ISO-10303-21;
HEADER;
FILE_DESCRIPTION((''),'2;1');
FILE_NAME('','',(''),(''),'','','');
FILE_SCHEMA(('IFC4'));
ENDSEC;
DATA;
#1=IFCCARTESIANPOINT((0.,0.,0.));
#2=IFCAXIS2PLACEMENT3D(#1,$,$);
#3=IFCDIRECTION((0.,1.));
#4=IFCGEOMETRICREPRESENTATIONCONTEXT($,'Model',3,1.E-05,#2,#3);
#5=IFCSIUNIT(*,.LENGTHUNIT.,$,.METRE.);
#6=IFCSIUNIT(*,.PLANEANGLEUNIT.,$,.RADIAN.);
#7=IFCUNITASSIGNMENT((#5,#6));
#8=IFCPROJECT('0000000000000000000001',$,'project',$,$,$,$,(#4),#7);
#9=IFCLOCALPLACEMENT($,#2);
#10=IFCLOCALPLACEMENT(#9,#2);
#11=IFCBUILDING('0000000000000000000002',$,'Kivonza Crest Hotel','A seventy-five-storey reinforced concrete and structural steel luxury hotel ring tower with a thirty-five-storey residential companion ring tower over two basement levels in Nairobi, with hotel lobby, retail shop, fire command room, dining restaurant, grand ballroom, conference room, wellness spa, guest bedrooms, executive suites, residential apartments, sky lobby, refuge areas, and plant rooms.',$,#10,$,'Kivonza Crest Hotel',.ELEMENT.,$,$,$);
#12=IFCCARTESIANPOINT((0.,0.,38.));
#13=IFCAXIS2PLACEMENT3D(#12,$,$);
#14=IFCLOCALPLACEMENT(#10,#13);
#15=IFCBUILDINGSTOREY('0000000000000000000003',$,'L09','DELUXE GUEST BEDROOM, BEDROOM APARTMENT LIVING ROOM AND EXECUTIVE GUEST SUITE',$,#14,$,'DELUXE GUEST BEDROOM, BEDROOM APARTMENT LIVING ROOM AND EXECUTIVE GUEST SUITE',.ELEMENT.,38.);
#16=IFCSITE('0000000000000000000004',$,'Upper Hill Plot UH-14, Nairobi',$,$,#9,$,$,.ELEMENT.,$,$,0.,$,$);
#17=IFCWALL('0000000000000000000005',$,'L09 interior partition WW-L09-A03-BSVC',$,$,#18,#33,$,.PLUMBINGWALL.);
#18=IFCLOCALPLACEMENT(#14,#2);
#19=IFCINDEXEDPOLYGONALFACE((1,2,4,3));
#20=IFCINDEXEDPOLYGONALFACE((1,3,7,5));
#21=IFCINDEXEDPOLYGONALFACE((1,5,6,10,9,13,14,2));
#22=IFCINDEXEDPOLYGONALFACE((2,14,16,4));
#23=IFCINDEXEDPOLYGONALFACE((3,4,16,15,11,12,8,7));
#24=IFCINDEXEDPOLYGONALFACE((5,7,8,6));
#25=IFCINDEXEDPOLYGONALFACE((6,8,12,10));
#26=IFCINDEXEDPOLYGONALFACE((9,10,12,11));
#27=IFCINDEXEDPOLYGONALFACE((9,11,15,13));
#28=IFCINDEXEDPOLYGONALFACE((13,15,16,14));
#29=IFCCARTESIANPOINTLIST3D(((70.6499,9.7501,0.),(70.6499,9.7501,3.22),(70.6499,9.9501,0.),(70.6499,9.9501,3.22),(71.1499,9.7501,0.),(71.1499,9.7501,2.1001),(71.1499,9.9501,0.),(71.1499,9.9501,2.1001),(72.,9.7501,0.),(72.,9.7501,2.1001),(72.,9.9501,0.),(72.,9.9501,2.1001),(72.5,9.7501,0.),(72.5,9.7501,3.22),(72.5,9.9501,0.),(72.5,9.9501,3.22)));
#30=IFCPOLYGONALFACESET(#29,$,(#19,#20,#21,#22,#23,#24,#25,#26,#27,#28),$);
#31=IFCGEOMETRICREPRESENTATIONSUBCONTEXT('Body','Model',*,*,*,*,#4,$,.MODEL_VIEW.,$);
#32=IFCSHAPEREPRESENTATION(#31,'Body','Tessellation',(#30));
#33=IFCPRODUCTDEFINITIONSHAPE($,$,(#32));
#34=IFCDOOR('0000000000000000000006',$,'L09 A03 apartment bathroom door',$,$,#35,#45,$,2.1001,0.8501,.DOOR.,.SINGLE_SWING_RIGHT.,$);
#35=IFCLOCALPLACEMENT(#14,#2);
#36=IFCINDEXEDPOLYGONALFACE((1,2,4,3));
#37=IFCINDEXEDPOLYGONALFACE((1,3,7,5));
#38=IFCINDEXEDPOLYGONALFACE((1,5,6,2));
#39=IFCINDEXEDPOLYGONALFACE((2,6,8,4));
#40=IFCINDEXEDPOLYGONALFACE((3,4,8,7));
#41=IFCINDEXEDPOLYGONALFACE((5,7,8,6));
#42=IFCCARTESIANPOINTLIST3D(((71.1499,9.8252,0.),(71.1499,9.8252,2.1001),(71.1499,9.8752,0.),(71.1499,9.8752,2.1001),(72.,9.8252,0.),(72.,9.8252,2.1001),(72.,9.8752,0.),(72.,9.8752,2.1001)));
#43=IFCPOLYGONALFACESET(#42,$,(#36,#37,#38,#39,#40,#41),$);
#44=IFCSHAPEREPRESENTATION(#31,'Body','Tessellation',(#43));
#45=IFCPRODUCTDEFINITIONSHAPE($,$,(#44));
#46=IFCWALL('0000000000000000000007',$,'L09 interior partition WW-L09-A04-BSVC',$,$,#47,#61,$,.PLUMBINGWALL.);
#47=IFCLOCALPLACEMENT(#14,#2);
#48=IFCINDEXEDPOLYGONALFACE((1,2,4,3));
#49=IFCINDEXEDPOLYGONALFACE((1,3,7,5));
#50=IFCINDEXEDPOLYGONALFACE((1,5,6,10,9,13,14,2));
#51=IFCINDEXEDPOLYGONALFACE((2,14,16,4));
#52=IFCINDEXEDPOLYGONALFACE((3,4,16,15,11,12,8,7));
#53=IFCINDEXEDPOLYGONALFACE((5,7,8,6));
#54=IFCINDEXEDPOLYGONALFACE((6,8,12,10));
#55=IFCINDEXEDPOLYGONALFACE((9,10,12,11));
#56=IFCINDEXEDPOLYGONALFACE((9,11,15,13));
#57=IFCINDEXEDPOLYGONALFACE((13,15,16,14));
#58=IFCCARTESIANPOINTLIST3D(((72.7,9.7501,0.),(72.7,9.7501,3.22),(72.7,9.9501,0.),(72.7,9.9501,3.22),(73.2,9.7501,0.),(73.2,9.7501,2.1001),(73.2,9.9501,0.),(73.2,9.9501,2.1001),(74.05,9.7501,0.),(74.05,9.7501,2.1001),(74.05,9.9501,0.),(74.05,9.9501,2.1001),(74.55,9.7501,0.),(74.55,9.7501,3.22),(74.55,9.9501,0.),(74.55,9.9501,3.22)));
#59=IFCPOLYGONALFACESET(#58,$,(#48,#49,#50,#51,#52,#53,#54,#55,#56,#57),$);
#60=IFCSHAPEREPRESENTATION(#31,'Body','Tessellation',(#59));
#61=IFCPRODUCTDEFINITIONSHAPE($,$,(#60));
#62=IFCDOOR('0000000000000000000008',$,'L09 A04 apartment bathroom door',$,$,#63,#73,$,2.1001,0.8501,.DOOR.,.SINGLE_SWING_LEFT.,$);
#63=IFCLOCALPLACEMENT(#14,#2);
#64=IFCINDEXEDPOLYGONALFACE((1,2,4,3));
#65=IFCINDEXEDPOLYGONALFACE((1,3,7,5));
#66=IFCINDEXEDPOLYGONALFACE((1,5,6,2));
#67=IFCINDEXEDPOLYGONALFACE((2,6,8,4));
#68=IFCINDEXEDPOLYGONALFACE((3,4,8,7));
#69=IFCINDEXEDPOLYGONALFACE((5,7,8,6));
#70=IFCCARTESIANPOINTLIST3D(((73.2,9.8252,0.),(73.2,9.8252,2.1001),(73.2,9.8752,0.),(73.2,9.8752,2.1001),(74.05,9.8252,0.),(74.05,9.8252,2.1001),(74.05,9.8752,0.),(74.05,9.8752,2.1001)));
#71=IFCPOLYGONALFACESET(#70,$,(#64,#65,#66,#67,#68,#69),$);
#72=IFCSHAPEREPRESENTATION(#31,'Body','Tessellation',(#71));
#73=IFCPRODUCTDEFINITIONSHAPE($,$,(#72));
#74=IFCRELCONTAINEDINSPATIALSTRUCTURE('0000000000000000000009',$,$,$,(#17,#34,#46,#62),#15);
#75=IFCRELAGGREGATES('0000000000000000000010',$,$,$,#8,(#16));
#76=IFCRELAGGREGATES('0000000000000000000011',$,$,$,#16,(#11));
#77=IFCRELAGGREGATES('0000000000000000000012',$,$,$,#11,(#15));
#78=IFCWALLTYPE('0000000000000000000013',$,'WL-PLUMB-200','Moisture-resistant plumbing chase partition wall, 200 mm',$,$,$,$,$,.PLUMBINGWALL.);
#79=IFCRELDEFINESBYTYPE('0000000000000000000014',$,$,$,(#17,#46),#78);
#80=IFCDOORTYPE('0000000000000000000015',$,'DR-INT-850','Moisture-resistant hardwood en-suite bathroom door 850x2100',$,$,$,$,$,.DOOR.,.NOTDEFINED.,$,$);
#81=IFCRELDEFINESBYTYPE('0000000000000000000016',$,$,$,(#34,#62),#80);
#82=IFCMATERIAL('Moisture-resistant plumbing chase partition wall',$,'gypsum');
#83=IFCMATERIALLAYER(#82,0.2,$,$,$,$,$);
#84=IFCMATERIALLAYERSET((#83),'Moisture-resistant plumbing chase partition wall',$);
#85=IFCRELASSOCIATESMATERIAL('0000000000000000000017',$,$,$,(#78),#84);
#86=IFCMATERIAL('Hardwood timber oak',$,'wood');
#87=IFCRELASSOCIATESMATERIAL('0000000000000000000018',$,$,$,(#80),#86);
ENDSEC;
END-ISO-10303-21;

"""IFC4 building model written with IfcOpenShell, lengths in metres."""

from ifc_helpers import new_model, si_unit, direction, frame, frame_2d, origin, place, context, subcontext, project, spatial, rectangle, extrude, material, layer, layer_set, type_object, element, fill, save


model = new_model("IFC4")

# Units and contexts
model_context = context("Model", 3, precision=1e-05, world=origin(), true_north=direction((0.0, 1.0)))
body_context = subcontext(model_context, "Body", "Model", "MODEL_VIEW")
ifc_project = project(units=[si_unit("LENGTHUNIT", "METRE"), si_unit("PLANEANGLEUNIT", "RADIAN")], contexts=[model_context])

# Site, building, storey
site_placement = place(None, origin())
site = spatial("IfcSite", under=ifc_project, at=site_placement, Name="Upper Hill Plot UH-14, Nairobi", CompositionType="ELEMENT", RefElevation=0.0)
building_placement = place(site_placement, origin())
building = spatial("IfcBuilding", under=site, at=building_placement, Name="Kivonza Crest Hotel", Description="A seventy-five-storey reinforced concrete and structural steel luxury hotel ring tower with a thirty-five-storey residential companion ring tower over two basement levels in Nairobi, with hotel lobby, retail shop, fire command room, dining restaurant, grand ballroom, conference room, wellness spa, guest bedrooms, executive suites, residential apartments, sky lobby, refuge areas, and plant rooms.", LongName="Kivonza Crest Hotel", CompositionType="ELEMENT")
storey_placement = place(building_placement, frame((0.0, 0.0, 38.0)))
storey = spatial("IfcBuildingStorey", under=building, at=storey_placement, Name="L09", Description="DELUXE GUEST BEDROOM, BEDROOM APARTMENT LIVING ROOM AND EXECUTIVE GUEST SUITE", LongName="DELUXE GUEST BEDROOM, BEDROOM APARTMENT LIVING ROOM AND EXECUTIVE GUEST SUITE", CompositionType="ELEMENT", Elevation=38.0)

# Shared definitions
ifc_material_1 = material(Name="Hardwood timber oak", Category="wood")

# Shared definitions
ifc_material_2 = material(Name="Moisture-resistant plumbing chase partition wall", Category="gypsum")
ifc_layer_1 = layer(ifc_material_2, 0.2)
ifc_layer_set_1 = layer_set([ifc_layer_1], Name="Moisture-resistant plumbing chase partition wall")
wall_type_1 = type_object("IfcWallType", Name="WL-PLUMB-200", Description="Moisture-resistant plumbing chase partition wall, 200 mm", PredefinedType="PLUMBINGWALL", material=ifc_layer_set_1)

# Walls, openings, doors
wall_1_placement = place(storey_placement, frame((70.6499, 9.8501, 0.0), z_axis=(0.0, 0.0, 1.0), x_axis=(1.0, 0.0, 0.0)))
wall_1 = element("IfcWall", 1, at=wall_1_placement, inside=storey, type_object=wall_type_1, Name="L09 interior partition WW-L09-A03-BSVC", PredefinedType="PLUMBINGWALL", context=body_context, shape_type="SweptSolid", body=[
    extrude(rectangle(XDim=1.8501, YDim=0.2, at=frame_2d((0.925, 0.0))), origin(), (0.0, 0.0, 1.0), 3.22),
])
opening_1_placement = place(wall_1_placement, frame((0.5, 0.0, 0.0)))
opening_1 = element("IfcOpeningElement", 2, at=opening_1_placement, cuts=wall_1, PredefinedType="OPENING", context=body_context, shape_type="SweptSolid", body=[
    extrude(rectangle(XDim=0.8501, YDim=2.1001, at=frame_2d((0.425, 1.05))), frame((0.0, 0.1099, 0.0), z_axis=(0.0, -1.0, 0.0), x_axis=(1.0, 0.0, 0.0)), (0.0, 0.0, 1.0), 0.22),
])
door_type_1 = type_object("IfcDoorType", Name="DR-INT-850", Description="Moisture-resistant hardwood en-suite bathroom door 850x2100", OperationType="NOTDEFINED", PredefinedType="DOOR", material=ifc_material_1)
door_1_placement = place(opening_1_placement, frame((0.8501, 0.0, 0.0), z_axis=(0.0, 0.0, 1.0), x_axis=(-1.0, 0.0, 0.0)))
door_1 = element("IfcDoor", 3, at=door_1_placement, inside=storey, type_object=door_type_1, Name="L09 A03 apartment bathroom door", OperationType="SINGLE_SWING_RIGHT", OverallHeight=2.1001, OverallWidth=0.8501, PredefinedType="DOOR", context=body_context, shape_type="SweptSolid", body=[
    extrude(rectangle(XDim=0.8501, YDim=2.1001, at=frame_2d((0.425, 1.05))), frame((0.0, 0.0249, 0.0), z_axis=(0.0, -1.0, 0.0), x_axis=(1.0, 0.0, 0.0)), (0.0, 0.0, 1.0), 0.05),
])
fill(opening_1, door_1)
wall_2_placement = place(storey_placement, frame((72.7, 9.8501, 0.0), z_axis=(0.0, 0.0, 1.0), x_axis=(1.0, 0.0, 0.0)))
wall_2 = element("IfcWall", 4, at=wall_2_placement, inside=storey, type_object=wall_type_1, Name="L09 interior partition WW-L09-A04-BSVC", PredefinedType="PLUMBINGWALL", context=body_context, shape_type="SweptSolid", body=[
    extrude(rectangle(XDim=1.8501, YDim=0.2, at=frame_2d((0.925, 0.0))), origin(), (0.0, 0.0, 1.0), 3.22),
])
opening_2_placement = place(wall_2_placement, frame((0.5, 0.0, 0.0)))
opening_2 = element("IfcOpeningElement", 5, at=opening_2_placement, cuts=wall_2, PredefinedType="OPENING", context=body_context, shape_type="SweptSolid", body=[
    extrude(rectangle(XDim=0.8501, YDim=2.1001, at=frame_2d((0.425, 1.05))), frame((0.0, 0.1099, 0.0), z_axis=(0.0, -1.0, 0.0), x_axis=(1.0, 0.0, 0.0)), (0.0, 0.0, 1.0), 0.22),
])
door_2_placement = place(opening_2_placement, frame((0.8501, 0.0, 0.0), z_axis=(0.0, 0.0, 1.0), x_axis=(-1.0, 0.0, 0.0)))
door_2 = element("IfcDoor", 6, at=door_2_placement, inside=storey, type_object=door_type_1, Name="L09 A04 apartment bathroom door", OperationType="SINGLE_SWING_LEFT", OverallHeight=2.1001, OverallWidth=0.8501, PredefinedType="DOOR", context=body_context, shape_type="SweptSolid", body=[
    extrude(rectangle(XDim=0.8501, YDim=2.1001, at=frame_2d((0.425, 1.05))), frame((0.0, 0.0249, 0.0), z_axis=(0.0, -1.0, 0.0), x_axis=(1.0, 0.0, 0.0)), (0.0, 0.0, 1.0), 0.05),
])
fill(opening_2, door_2)

save(model, "model.ifc")
